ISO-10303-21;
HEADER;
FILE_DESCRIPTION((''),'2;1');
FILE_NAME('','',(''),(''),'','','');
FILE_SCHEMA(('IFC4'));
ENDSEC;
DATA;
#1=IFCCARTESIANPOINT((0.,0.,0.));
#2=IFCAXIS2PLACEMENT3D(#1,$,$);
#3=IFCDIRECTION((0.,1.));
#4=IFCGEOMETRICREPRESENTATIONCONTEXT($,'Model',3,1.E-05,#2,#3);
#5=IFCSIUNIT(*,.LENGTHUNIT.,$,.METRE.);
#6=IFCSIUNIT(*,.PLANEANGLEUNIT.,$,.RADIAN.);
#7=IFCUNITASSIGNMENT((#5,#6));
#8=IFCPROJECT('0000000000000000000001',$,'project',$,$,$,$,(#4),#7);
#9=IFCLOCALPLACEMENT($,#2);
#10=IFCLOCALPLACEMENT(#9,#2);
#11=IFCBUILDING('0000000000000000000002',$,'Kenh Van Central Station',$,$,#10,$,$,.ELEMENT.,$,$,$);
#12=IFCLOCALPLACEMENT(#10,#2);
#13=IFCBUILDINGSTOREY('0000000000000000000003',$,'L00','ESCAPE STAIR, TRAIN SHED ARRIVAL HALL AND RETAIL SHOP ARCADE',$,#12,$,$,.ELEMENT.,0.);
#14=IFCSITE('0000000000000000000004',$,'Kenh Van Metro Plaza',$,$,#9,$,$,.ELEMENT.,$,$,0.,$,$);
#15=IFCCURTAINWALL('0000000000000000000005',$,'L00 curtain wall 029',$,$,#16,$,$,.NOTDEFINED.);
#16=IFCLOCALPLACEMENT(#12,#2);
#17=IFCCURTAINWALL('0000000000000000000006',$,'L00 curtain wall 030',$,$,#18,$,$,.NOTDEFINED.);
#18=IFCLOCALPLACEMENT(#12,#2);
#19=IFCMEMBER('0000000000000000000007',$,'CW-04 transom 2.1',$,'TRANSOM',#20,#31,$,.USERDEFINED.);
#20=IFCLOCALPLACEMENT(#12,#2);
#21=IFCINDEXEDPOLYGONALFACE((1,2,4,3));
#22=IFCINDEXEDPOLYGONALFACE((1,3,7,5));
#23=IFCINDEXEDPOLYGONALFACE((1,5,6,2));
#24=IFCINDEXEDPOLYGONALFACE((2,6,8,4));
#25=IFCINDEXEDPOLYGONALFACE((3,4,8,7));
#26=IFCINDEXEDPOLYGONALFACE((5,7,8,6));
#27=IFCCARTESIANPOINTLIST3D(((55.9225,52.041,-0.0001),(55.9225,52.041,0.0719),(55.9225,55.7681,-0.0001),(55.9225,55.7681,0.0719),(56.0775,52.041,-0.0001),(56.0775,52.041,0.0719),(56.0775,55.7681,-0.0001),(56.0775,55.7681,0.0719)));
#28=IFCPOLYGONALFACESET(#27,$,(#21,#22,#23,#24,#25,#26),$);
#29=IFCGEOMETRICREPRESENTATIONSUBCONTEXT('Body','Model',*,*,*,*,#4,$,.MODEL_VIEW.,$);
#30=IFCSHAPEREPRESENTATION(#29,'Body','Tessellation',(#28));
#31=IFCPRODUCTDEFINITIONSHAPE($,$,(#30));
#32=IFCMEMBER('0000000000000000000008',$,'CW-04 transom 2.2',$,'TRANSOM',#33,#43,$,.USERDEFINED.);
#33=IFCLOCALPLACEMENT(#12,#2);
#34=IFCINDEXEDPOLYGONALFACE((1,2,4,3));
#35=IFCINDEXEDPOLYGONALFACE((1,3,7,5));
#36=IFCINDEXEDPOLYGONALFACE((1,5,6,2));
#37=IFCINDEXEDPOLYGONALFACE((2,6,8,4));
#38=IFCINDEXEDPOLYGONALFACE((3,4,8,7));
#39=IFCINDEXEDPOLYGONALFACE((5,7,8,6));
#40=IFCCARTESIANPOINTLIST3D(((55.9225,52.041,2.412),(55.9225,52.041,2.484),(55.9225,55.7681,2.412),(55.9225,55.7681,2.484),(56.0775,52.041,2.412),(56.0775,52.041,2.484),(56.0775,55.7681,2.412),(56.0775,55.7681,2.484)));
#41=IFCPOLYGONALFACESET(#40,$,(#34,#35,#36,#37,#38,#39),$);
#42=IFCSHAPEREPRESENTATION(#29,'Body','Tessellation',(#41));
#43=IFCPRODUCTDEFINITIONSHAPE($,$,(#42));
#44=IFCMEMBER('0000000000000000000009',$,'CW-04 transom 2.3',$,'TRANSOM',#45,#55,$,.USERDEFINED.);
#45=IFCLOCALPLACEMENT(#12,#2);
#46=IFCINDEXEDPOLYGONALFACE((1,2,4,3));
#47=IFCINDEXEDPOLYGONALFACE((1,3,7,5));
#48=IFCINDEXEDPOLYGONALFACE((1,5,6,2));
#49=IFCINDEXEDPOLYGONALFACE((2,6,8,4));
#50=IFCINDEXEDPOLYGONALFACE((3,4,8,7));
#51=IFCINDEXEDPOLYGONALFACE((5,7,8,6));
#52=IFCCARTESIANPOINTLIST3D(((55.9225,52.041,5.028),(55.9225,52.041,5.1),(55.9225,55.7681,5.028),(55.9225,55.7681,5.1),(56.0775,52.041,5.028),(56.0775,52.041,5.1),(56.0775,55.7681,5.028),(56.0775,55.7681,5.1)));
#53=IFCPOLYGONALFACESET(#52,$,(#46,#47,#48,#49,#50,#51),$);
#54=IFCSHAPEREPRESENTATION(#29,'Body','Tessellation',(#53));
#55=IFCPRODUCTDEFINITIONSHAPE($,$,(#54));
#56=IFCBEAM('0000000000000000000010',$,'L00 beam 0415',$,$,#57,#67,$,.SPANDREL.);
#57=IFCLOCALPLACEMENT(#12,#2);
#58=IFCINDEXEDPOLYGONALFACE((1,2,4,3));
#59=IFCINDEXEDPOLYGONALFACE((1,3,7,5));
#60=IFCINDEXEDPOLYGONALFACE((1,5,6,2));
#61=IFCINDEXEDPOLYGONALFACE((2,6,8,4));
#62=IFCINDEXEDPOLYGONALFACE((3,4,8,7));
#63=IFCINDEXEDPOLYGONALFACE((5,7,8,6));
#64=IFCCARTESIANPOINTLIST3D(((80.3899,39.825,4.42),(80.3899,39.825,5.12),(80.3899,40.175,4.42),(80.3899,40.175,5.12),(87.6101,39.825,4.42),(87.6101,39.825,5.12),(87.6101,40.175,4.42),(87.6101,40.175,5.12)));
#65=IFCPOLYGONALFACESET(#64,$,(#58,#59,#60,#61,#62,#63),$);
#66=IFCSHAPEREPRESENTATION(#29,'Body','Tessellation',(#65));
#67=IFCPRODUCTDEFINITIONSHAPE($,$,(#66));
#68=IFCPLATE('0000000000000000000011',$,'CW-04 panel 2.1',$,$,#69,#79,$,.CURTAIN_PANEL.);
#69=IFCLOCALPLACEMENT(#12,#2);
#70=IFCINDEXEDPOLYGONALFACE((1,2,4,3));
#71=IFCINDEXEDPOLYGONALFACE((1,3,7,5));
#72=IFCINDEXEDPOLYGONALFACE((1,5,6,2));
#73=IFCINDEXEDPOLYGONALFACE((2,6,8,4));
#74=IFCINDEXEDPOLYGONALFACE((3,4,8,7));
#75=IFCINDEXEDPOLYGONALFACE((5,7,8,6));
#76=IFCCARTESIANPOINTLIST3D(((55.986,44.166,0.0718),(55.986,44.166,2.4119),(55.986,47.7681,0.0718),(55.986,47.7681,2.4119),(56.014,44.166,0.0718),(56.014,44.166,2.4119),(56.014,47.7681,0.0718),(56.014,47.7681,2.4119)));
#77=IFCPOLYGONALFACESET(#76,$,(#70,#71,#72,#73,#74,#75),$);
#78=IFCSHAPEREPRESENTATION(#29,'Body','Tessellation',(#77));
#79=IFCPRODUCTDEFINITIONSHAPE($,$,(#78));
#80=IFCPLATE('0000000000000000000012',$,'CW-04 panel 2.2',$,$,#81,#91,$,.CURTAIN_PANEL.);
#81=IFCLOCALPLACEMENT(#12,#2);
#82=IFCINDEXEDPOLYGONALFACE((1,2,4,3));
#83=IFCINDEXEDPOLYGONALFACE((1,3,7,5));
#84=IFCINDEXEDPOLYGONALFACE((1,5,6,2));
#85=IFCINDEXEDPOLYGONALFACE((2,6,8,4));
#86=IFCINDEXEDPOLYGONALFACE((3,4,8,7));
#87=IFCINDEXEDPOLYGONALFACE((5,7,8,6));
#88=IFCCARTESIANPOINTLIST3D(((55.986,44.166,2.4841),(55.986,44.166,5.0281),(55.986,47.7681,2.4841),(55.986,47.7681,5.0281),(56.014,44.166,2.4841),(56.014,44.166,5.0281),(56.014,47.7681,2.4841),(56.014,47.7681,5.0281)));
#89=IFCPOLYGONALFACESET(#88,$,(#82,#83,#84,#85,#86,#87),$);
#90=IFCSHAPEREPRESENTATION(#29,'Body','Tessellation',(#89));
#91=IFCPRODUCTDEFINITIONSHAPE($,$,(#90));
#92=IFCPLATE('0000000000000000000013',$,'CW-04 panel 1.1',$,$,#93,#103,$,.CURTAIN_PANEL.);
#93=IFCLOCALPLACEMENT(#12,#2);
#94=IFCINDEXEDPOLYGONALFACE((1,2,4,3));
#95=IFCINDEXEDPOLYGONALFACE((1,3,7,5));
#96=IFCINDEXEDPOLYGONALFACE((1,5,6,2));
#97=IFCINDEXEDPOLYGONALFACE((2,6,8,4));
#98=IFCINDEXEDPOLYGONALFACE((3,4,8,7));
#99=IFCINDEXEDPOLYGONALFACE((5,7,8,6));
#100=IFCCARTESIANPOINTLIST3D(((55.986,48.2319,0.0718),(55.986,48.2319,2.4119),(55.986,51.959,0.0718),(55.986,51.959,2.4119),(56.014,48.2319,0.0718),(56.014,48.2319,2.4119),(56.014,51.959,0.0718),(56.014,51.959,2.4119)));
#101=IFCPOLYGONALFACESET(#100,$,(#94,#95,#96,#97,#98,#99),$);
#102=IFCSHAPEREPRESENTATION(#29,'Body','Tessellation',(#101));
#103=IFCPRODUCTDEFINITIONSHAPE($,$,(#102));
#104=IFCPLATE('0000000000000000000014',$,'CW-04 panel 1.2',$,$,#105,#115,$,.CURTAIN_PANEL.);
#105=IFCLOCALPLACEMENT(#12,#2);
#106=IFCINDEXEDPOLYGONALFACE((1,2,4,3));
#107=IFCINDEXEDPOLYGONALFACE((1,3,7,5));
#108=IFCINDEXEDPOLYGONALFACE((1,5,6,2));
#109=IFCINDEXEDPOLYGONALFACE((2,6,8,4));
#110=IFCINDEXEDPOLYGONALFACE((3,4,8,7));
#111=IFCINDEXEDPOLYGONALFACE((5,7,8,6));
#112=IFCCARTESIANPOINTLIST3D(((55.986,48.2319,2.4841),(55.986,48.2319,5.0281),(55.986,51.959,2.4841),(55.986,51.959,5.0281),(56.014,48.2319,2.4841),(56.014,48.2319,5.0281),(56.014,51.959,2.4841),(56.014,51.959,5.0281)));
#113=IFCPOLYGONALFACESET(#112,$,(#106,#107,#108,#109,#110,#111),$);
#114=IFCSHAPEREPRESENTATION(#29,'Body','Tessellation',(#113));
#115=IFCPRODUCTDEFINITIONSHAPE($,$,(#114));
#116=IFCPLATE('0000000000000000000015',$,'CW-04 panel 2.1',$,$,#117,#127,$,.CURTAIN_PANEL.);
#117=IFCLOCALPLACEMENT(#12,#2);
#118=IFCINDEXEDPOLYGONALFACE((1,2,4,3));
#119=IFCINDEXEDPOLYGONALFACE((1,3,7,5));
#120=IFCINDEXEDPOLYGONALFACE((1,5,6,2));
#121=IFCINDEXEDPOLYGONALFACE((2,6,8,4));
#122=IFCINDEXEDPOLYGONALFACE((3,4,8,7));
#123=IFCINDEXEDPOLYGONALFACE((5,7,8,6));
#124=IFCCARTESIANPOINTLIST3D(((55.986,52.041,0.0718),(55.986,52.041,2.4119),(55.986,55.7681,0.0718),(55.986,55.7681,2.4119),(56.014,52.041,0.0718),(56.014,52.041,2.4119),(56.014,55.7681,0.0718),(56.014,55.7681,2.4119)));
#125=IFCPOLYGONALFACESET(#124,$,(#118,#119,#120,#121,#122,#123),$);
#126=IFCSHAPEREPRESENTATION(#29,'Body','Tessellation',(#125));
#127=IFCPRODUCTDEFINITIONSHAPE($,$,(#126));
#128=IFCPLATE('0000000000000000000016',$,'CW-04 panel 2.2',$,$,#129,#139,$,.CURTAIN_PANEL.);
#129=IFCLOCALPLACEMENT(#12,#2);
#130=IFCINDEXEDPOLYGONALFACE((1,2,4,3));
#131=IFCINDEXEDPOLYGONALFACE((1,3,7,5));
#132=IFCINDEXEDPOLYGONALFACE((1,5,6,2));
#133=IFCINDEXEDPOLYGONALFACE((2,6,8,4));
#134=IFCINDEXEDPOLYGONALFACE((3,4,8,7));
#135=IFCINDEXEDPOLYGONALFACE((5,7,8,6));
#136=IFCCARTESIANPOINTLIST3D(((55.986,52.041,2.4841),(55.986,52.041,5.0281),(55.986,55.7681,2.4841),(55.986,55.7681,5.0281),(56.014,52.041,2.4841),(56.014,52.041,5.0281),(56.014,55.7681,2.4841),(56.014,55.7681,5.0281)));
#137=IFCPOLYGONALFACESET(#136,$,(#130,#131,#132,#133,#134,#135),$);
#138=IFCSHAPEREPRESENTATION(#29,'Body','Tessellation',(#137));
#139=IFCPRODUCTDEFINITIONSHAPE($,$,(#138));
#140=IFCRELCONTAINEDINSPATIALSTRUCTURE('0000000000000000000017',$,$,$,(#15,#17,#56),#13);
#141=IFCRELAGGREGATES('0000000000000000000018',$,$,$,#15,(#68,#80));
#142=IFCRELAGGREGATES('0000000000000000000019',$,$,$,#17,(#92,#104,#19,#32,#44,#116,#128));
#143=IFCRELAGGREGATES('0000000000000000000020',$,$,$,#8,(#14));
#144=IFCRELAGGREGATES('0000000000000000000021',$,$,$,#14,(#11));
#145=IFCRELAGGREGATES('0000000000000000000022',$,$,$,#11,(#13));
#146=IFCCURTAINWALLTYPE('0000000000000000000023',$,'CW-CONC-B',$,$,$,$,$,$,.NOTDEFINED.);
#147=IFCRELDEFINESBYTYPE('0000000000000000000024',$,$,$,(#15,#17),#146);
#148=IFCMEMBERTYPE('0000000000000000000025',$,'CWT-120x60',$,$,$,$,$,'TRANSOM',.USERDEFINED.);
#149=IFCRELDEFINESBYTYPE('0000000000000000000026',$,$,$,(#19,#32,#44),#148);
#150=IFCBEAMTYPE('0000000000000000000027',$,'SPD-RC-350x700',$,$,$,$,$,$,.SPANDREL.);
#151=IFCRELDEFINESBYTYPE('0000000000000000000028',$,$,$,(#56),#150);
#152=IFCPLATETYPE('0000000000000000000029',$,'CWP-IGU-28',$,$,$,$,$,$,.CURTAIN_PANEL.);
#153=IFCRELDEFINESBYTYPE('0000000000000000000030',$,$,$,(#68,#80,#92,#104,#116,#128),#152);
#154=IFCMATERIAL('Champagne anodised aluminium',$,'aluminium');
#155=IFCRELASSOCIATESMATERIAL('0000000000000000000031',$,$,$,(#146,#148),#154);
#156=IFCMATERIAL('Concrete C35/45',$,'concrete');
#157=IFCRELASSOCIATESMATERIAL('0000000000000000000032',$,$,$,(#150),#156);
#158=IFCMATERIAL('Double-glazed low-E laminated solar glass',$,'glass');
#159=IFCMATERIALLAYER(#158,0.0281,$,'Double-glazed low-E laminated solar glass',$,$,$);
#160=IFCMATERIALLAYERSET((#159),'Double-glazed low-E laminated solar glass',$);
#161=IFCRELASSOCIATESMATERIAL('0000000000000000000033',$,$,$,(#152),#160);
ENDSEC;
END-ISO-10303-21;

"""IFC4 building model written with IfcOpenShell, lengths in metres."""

from ifc_helpers import new_model, si_unit, direction, frame, origin, origin_2d, place, context, subcontext, project, spatial, rectangle, extrude, material, layer, layer_set, material_profile, profile_set, type_object, element, aggregate, save


model = new_model("IFC4")

# Units and contexts
model_context = context("Model", 3, precision=1e-05, world=origin(), true_north=direction((0.0, 1.0)))
body_context = subcontext(model_context, "Body", "Model", "MODEL_VIEW")
ifc_project = project(units=[si_unit("LENGTHUNIT", "METRE"), si_unit("PLANEANGLEUNIT", "RADIAN")], contexts=[model_context])

# Site, building, storey
site_placement = place(None, origin())
site = spatial("IfcSite", under=ifc_project, at=site_placement, Name="Kenh Van Metro Plaza", CompositionType="ELEMENT", RefElevation=0.0)
building_placement = place(site_placement, origin())
building = spatial("IfcBuilding", under=site, at=building_placement, Name="Kenh Van Central Station", CompositionType="ELEMENT")
storey_placement = place(building_placement, origin())
storey = spatial("IfcBuildingStorey", under=building, at=storey_placement, Name="L00", Description="ESCAPE STAIR, TRAIN SHED ARRIVAL HALL AND RETAIL SHOP ARCADE", CompositionType="ELEMENT", Elevation=0.0)

# Curtain wall
ifc_material_1 = material(Name="Champagne anodised aluminium", Category="aluminium")
curtain_wall_type = type_object("IfcCurtainWallType", Name="CW-CONC-B", PredefinedType="NOTDEFINED", material=ifc_material_1)
curtain_wall_1_placement = place(storey_placement, origin())
curtain_wall_1 = element("IfcCurtainWall", 1, at=curtain_wall_1_placement, inside=storey, type_object=curtain_wall_type, Name="L00 curtain wall 029", PredefinedType="NOTDEFINED")

# Curtain wall
curtain_wall_2_placement = place(storey_placement, origin())
curtain_wall_2 = element("IfcCurtainWall", 2, at=curtain_wall_2_placement, inside=storey, type_object=curtain_wall_type, Name="L00 curtain wall 030", PredefinedType="NOTDEFINED")

# Members
ifc_material_profile_1 = material_profile(ifc_material_1, rectangle(XDim=0.155, YDim=0.072, at=origin_2d()), Name="AL 155x72")
ifc_profile_set_1 = profile_set([ifc_material_profile_1], Name="Champagne anodised aluminium")
member_type_1 = type_object("IfcMemberType", Name="CWT-120x60", ElementType="TRANSOM", PredefinedType="USERDEFINED", material=ifc_profile_set_1)
member_1_placement = place(storey_placement, frame((56.0, 52.041, 0.0359), z_axis=(0.0, 1.0, 0.0), x_axis=(-1.0, 0.0, 0.0)))
member_1 = element("IfcMember", 3, at=member_1_placement, type_object=member_type_1, Name="CW-04 transom 2.1", ObjectType="TRANSOM", PredefinedType="USERDEFINED", context=body_context, shape_type="SweptSolid", body=[
    extrude(rectangle(XDim=0.155, YDim=0.072, at=origin_2d()), origin(), (0.0, 0.0, 1.0), 3.7271),
])
member_2_placement = place(storey_placement, frame((56.0, 52.041, 2.448), z_axis=(0.0, 1.0, 0.0), x_axis=(-1.0, 0.0, 0.0)))
member_2 = element("IfcMember", 4, at=member_2_placement, type_object=member_type_1, Name="CW-04 transom 2.2", ObjectType="TRANSOM", PredefinedType="USERDEFINED", context=body_context, shape_type="SweptSolid", body=[
    extrude(rectangle(XDim=0.155, YDim=0.072, at=origin_2d()), origin(), (0.0, 0.0, 1.0), 3.7271),
])
member_3_placement = place(storey_placement, frame((56.0, 52.041, 5.064), z_axis=(0.0, 1.0, 0.0), x_axis=(-1.0, 0.0, 0.0)))
member_3 = element("IfcMember", 5, at=member_3_placement, type_object=member_type_1, Name="CW-04 transom 2.3", ObjectType="TRANSOM", PredefinedType="USERDEFINED", context=body_context, shape_type="SweptSolid", body=[
    extrude(rectangle(XDim=0.155, YDim=0.072, at=origin_2d()), origin(), (0.0, 0.0, 1.0), 3.7271),
])

# Beam
ifc_material_2 = material(Name="Concrete C35/45", Category="concrete")
ifc_material_profile_2 = material_profile(ifc_material_2, rectangle(XDim=0.3501, YDim=0.7, at=origin_2d()), Name="RC 350x700")
ifc_profile_set_2 = profile_set([ifc_material_profile_2], Name="Concrete C35/45")
beam_type = type_object("IfcBeamType", Name="SPD-RC-350x700", PredefinedType="SPANDREL", material=ifc_profile_set_2)
beam_placement = place(storey_placement, frame((80.3899, 40.0, 4.77), z_axis=(1.0, 0.0, 0.0), x_axis=(0.0, 1.0, 0.0)))
element("IfcBeam", 6, at=beam_placement, inside=storey, type_object=beam_type, Name="L00 beam 0415", PredefinedType="SPANDREL", context=body_context, shape_type="SweptSolid", body=[
    extrude(rectangle(XDim=0.3501, YDim=0.7, at=origin_2d()), origin(), (0.0, 0.0, 1.0), 7.2202),
])

# Plates
ifc_material_3 = material(Name="Double-glazed low-E laminated solar glass", Category="glass")
ifc_layer = layer(ifc_material_3, 0.0281, Name="Double-glazed low-E laminated solar glass")
ifc_layer_set = layer_set([ifc_layer], Name="Double-glazed low-E laminated solar glass")
plate_type = type_object("IfcPlateType", Name="CWP-IGU-28", PredefinedType="CURTAIN_PANEL", material=ifc_layer_set)
plate_1_placement = place(storey_placement, frame((56.0, 45.967, 0.0718), z_axis=(0.0, 0.0, 1.0), x_axis=(0.0, 1.0, 0.0)))
plate_1 = element("IfcPlate", 7, at=plate_1_placement, type_object=plate_type, Name="CW-04 panel 2.1", PredefinedType="CURTAIN_PANEL", context=body_context, shape_type="SweptSolid", body=[
    extrude(rectangle(XDim=3.6021, YDim=0.0281, at=origin_2d()), origin(), (0.0, 0.0, 1.0), 2.3401),
])
plate_2_placement = place(storey_placement, frame((56.0, 45.967, 2.4841), z_axis=(0.0, 0.0, 1.0), x_axis=(0.0, 1.0, 0.0)))
plate_2 = element("IfcPlate", 8, at=plate_2_placement, type_object=plate_type, Name="CW-04 panel 2.2", PredefinedType="CURTAIN_PANEL", context=body_context, shape_type="SweptSolid", body=[
    extrude(rectangle(XDim=3.6021, YDim=0.0281, at=origin_2d()), origin(), (0.0, 0.0, 1.0), 2.5439),
])
aggregate(curtain_wall_1, [plate_1, plate_2])
plate_3_placement = place(storey_placement, frame((56.0, 50.0955, 0.0718), z_axis=(0.0, 0.0, 1.0), x_axis=(0.0, 1.0, 0.0)))
plate_3 = element("IfcPlate", 9, at=plate_3_placement, type_object=plate_type, Name="CW-04 panel 1.1", PredefinedType="CURTAIN_PANEL", context=body_context, shape_type="SweptSolid", body=[
    extrude(rectangle(XDim=3.7271, YDim=0.0281, at=origin_2d()), origin(), (0.0, 0.0, 1.0), 2.3401),
])
plate_4_placement = place(storey_placement, frame((56.0, 50.0955, 2.4841), z_axis=(0.0, 0.0, 1.0), x_axis=(0.0, 1.0, 0.0)))
plate_4 = element("IfcPlate", 10, at=plate_4_placement, type_object=plate_type, Name="CW-04 panel 1.2", PredefinedType="CURTAIN_PANEL", context=body_context, shape_type="SweptSolid", body=[
    extrude(rectangle(XDim=3.7271, YDim=0.0281, at=origin_2d()), origin(), (0.0, 0.0, 1.0), 2.5439),
])
plate_5_placement = place(storey_placement, frame((56.0, 53.9045, 0.0718), z_axis=(0.0, 0.0, 1.0), x_axis=(0.0, 1.0, 0.0)))
plate_5 = element("IfcPlate", 11, at=plate_5_placement, type_object=plate_type, Name="CW-04 panel 2.1", PredefinedType="CURTAIN_PANEL", context=body_context, shape_type="SweptSolid", body=[
    extrude(rectangle(XDim=3.7271, YDim=0.0281, at=origin_2d()), origin(), (0.0, 0.0, 1.0), 2.3401),
])
plate_6_placement = place(storey_placement, frame((56.0, 53.9045, 2.4841), z_axis=(0.0, 0.0, 1.0), x_axis=(0.0, 1.0, 0.0)))
plate_6 = element("IfcPlate", 12, at=plate_6_placement, type_object=plate_type, Name="CW-04 panel 2.2", PredefinedType="CURTAIN_PANEL", context=body_context, shape_type="SweptSolid", body=[
    extrude(rectangle(XDim=3.7271, YDim=0.0281, at=origin_2d()), origin(), (0.0, 0.0, 1.0), 2.5439),
])
aggregate(curtain_wall_2, [plate_3, plate_4, member_1, member_2, member_3, plate_5, plate_6])

save(model, "model.ifc")
